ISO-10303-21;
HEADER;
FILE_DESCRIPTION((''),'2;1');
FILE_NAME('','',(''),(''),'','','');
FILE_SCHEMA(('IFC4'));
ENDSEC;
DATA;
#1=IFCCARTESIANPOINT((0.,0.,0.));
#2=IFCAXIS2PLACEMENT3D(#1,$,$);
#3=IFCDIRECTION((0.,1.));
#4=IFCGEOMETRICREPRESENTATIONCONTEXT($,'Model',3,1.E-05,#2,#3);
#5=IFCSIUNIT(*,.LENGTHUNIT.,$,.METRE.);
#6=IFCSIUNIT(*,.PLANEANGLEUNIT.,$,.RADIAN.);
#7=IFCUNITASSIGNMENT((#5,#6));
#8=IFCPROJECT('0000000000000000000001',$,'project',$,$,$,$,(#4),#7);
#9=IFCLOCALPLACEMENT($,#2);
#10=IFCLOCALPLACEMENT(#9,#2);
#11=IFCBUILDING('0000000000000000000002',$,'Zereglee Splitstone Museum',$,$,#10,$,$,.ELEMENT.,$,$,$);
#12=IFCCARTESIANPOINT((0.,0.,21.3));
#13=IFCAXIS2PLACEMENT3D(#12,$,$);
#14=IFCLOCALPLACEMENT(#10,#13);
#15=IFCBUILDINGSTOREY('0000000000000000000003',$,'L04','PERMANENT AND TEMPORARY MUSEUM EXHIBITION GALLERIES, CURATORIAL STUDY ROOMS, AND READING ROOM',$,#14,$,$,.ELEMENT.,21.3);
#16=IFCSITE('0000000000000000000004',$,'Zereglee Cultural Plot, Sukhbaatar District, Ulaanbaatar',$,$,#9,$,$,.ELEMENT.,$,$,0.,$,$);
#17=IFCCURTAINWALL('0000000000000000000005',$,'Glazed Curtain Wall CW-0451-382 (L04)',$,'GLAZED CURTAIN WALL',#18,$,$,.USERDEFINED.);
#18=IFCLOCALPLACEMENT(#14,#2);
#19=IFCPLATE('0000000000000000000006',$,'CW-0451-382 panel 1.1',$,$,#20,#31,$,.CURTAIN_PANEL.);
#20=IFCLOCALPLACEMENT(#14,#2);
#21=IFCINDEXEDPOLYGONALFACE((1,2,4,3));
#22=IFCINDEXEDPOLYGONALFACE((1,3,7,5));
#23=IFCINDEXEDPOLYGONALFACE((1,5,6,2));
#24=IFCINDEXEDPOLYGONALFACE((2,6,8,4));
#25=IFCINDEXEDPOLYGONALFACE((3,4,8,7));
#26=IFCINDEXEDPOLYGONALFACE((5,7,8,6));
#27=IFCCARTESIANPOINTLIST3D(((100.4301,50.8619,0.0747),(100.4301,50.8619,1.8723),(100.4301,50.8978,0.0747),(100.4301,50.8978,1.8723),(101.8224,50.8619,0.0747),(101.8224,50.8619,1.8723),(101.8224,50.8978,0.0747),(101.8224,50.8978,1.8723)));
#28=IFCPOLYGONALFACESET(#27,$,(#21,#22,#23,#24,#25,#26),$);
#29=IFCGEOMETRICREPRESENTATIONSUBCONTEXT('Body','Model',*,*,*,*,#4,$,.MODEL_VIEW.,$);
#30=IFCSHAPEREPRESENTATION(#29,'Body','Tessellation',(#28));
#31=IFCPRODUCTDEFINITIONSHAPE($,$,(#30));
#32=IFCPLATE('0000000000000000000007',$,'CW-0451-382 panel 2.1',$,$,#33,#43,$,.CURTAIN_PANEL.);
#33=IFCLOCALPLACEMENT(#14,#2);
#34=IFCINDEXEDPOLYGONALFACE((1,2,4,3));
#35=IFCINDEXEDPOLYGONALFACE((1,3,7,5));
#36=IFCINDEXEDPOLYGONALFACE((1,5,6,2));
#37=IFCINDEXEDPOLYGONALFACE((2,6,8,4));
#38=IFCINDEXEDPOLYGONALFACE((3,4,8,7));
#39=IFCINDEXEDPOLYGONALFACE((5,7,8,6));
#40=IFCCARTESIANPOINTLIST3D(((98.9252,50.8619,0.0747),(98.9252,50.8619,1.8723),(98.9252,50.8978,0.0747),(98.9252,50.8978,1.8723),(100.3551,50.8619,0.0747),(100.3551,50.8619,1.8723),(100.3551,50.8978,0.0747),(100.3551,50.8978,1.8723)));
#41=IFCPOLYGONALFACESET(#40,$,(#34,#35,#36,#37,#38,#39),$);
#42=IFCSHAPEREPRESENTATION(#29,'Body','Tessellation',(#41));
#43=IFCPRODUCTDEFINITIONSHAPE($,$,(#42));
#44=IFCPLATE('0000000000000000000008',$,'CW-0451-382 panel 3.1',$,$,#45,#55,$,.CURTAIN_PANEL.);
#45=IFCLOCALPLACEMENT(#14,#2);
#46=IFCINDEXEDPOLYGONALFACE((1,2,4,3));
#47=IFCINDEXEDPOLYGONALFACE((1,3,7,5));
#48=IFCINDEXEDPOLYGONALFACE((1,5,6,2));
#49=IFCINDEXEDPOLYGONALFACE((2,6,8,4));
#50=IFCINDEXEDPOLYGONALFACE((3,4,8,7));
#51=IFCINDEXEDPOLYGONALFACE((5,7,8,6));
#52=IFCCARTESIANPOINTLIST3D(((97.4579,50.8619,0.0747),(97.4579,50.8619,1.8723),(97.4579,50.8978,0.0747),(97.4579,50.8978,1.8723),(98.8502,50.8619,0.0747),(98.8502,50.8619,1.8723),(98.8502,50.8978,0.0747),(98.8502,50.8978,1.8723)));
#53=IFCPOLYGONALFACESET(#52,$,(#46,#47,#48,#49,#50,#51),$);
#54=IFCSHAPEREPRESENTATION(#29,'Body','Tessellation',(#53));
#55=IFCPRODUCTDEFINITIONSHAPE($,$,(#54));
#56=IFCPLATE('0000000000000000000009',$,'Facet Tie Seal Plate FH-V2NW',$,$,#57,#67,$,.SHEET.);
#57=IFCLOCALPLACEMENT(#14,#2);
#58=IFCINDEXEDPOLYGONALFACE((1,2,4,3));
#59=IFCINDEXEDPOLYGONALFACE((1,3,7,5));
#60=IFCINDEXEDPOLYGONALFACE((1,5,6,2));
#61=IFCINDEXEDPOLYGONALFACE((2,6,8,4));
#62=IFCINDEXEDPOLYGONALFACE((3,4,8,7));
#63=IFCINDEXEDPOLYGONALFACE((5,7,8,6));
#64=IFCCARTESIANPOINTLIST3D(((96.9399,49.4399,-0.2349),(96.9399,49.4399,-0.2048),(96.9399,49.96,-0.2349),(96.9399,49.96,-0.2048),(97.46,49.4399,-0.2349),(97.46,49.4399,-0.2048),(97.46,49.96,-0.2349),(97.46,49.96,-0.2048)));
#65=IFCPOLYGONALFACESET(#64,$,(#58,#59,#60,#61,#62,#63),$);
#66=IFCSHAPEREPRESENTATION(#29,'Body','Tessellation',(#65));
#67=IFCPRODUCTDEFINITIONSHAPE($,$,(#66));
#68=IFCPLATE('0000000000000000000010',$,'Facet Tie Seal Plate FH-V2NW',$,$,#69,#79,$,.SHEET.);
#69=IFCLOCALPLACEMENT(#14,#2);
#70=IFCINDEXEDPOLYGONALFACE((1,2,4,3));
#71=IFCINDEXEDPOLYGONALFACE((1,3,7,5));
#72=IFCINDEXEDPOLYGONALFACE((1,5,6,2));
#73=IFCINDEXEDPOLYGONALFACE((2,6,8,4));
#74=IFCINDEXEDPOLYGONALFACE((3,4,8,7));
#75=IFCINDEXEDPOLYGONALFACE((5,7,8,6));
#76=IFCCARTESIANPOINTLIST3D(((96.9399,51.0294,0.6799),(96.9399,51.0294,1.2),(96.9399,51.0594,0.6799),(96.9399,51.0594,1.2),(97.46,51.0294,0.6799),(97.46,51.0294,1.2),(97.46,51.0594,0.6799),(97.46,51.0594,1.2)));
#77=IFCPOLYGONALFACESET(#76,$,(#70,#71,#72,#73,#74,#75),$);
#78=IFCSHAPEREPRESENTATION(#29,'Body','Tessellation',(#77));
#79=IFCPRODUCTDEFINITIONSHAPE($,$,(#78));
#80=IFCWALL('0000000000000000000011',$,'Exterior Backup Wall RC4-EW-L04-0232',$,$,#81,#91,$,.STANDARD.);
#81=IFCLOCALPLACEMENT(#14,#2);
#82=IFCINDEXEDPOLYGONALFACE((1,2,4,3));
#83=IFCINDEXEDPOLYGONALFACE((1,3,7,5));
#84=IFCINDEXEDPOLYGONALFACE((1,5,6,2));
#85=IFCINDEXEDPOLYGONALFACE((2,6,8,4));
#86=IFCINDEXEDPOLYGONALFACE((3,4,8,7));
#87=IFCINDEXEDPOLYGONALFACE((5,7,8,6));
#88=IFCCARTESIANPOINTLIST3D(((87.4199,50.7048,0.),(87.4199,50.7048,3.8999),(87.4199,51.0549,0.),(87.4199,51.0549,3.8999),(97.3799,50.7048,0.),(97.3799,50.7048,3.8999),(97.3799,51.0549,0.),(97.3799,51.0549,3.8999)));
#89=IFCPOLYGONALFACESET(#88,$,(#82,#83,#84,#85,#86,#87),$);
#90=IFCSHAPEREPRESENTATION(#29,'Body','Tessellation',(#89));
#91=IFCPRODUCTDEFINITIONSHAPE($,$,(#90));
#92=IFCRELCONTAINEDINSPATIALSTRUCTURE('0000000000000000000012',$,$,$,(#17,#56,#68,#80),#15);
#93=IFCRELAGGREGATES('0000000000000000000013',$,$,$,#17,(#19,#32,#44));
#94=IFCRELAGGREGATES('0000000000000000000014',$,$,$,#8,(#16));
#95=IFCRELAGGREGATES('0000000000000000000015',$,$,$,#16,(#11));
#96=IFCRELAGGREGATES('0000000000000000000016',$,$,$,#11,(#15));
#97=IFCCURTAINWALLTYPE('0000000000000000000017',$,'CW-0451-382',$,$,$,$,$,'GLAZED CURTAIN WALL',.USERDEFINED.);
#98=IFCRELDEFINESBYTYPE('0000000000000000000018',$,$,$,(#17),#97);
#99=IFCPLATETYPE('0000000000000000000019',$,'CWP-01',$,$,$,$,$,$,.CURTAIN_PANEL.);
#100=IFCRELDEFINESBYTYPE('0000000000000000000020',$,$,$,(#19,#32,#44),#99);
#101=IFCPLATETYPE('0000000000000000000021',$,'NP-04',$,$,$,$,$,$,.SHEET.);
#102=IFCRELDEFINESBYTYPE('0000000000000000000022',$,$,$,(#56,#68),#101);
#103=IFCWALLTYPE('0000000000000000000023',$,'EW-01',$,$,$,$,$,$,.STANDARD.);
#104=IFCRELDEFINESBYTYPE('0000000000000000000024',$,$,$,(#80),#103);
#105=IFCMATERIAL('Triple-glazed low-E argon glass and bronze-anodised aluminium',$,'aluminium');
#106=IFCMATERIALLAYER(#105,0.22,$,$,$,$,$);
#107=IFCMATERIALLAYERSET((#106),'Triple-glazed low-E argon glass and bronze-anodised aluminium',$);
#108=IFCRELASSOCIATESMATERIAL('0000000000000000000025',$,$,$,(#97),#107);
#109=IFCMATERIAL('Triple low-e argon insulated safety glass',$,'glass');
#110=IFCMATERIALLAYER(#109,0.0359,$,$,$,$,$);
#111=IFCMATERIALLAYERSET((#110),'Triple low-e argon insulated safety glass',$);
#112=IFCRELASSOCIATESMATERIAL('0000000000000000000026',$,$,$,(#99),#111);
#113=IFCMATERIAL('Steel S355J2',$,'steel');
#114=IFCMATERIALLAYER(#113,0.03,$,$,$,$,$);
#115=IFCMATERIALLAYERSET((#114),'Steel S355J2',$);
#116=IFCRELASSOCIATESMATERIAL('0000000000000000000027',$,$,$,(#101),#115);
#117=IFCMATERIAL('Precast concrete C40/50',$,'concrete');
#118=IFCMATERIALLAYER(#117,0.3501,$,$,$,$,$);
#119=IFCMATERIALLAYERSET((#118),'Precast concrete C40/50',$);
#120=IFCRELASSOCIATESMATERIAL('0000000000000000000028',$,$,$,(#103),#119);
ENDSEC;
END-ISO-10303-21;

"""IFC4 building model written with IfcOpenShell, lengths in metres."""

from ifc_helpers import new_model, si_unit, direction, frame, frame_2d, origin, origin_2d, place, context, subcontext, project, spatial, rectangle, extrude, material, layer, layer_set, type_object, element, aggregate, save


model = new_model("IFC4")

# Units and contexts
model_context = context("Model", 3, precision=1e-05, world=origin(), true_north=direction((0.0, 1.0)))
body_context = subcontext(model_context, "Body", "Model", "MODEL_VIEW")
ifc_project = project(units=[si_unit("LENGTHUNIT", "METRE"), si_unit("PLANEANGLEUNIT", "RADIAN")], contexts=[model_context])

# Site, building, storey
site_placement = place(None, origin())
site = spatial("IfcSite", under=ifc_project, at=site_placement, Name="Zereglee Cultural Plot, Sukhbaatar District, Ulaanbaatar", CompositionType="ELEMENT", RefElevation=0.0)
building_placement = place(site_placement, origin())
building = spatial("IfcBuilding", under=site, at=building_placement, Name="Zereglee Splitstone Museum", CompositionType="ELEMENT")
storey_placement = place(building_placement, frame((0.0, 0.0, 21.3)))
storey = spatial("IfcBuildingStorey", under=building, at=storey_placement, Name="L04", Description="PERMANENT AND TEMPORARY MUSEUM EXHIBITION GALLERIES, CURATORIAL STUDY ROOMS, AND READING ROOM", CompositionType="ELEMENT", Elevation=21.3)

# Curtain wall
ifc_material_1 = material(Name="Triple-glazed low-E argon glass and bronze-anodised aluminium", Category="aluminium")
ifc_layer_1 = layer(ifc_material_1, 0.22)
ifc_layer_set_1 = layer_set([ifc_layer_1], Name="Triple-glazed low-E argon glass and bronze-anodised aluminium")
curtain_wall_type_1 = type_object("IfcCurtainWallType", Name="CW-0451-382", ElementType="GLAZED CURTAIN WALL", PredefinedType="USERDEFINED", material=ifc_layer_set_1)
curtain_wall_1_placement = place(storey_placement, origin())
curtain_wall_1 = element("IfcCurtainWall", 1, at=curtain_wall_1_placement, inside=storey, type_object=curtain_wall_type_1, Name="Glazed Curtain Wall CW-0451-382 (L04)", ObjectType="GLAZED CURTAIN WALL", PredefinedType="USERDEFINED")

# Shared definitions
ifc_material_2 = material(Name="Steel S355J2", Category="steel")

# Plates
ifc_material_3 = material(Name="Triple low-e argon insulated safety glass", Category="glass")
ifc_layer_2 = layer(ifc_material_3, 0.0359)
ifc_layer_set_2 = layer_set([ifc_layer_2], Name="Triple low-e argon insulated safety glass")
plate_type_1 = type_object("IfcPlateType", Name="CWP-01", PredefinedType="CURTAIN_PANEL", material=ifc_layer_set_2)
plate_1_placement = place(storey_placement, frame((101.1262, 50.8799, 0.0747), z_axis=(0.0, 0.0, 1.0), x_axis=(-1.0, 0.0, 0.0)))
plate_1 = element("IfcPlate", 2, at=plate_1_placement, type_object=plate_type_1, Name="CW-0451-382 panel 1.1", PredefinedType="CURTAIN_PANEL", context=body_context, shape_type="SweptSolid", body=[
    extrude(rectangle(XDim=1.3923, YDim=0.0359, at=origin_2d()), origin(), (0.0, 0.0, 1.0), 1.7976),
])
plate_2_placement = place(storey_placement, frame((99.6401, 50.8799, 0.0747), z_axis=(0.0, 0.0, 1.0), x_axis=(-1.0, 0.0, 0.0)))
plate_2 = element("IfcPlate", 3, at=plate_2_placement, type_object=plate_type_1, Name="CW-0451-382 panel 2.1", PredefinedType="CURTAIN_PANEL", context=body_context, shape_type="SweptSolid", body=[
    extrude(rectangle(XDim=1.4299, YDim=0.0359, at=origin_2d()), origin(), (0.0, 0.0, 1.0), 1.7976),
])
plate_3_placement = place(storey_placement, frame((98.1541, 50.8799, 0.0747), z_axis=(0.0, 0.0, 1.0), x_axis=(-1.0, 0.0, 0.0)))
plate_3 = element("IfcPlate", 4, at=plate_3_placement, type_object=plate_type_1, Name="CW-0451-382 panel 3.1", PredefinedType="CURTAIN_PANEL", context=body_context, shape_type="SweptSolid", body=[
    extrude(rectangle(XDim=1.3923, YDim=0.0359, at=origin_2d()), origin(), (0.0, 0.0, 1.0), 1.7976),
])
aggregate(curtain_wall_1, [plate_1, plate_2, plate_3])

# Plates
ifc_layer_3 = layer(ifc_material_2, 0.03)
ifc_layer_set_3 = layer_set([ifc_layer_3], Name="Steel S355J2")
plate_type_2 = type_object("IfcPlateType", Name="NP-04", PredefinedType="SHEET", material=ifc_layer_set_3)
plate_4_placement = place(storey_placement, frame((97.2, 49.7, -0.2349), z_axis=(0.0, 0.0, 1.0), x_axis=(1.0, 0.0, 0.0)))
element("IfcPlate", 5, at=plate_4_placement, inside=storey, type_object=plate_type_2, Name="Facet Tie Seal Plate FH-V2NW", PredefinedType="SHEET", context=body_context, shape_type="SweptSolid", body=[
    extrude(rectangle(XDim=0.52, YDim=0.52, at=origin_2d()), origin(), (0.0, 0.0, 1.0), 0.03),
])
plate_5_placement = place(storey_placement, frame((97.2, 51.0444, 0.6799), z_axis=(0.0, 0.0, 1.0), x_axis=(1.0, 0.0, 0.0)))
element("IfcPlate", 6, at=plate_5_placement, inside=storey, type_object=plate_type_2, Name="Facet Tie Seal Plate FH-V2NW", PredefinedType="SHEET", context=body_context, shape_type="SweptSolid", body=[
    extrude(rectangle(XDim=0.52, YDim=0.03, at=origin_2d()), origin(), (0.0, 0.0, 1.0), 0.52),
])

# Wall
ifc_material_4 = material(Name="Precast concrete C40/50", Category="concrete")
ifc_layer_4 = layer(ifc_material_4, 0.3501)
ifc_layer_set_4 = layer_set([ifc_layer_4], Name="Precast concrete C40/50")
wall_type = type_object("IfcWallType", Name="EW-01", PredefinedType="STANDARD", material=ifc_layer_set_4)
wall_placement = place(storey_placement, frame((97.3799, 50.8799, 0.0), z_axis=(0.0, 0.0, 1.0), x_axis=(-1.0, 0.0, 0.0)))
element("IfcWall", 7, at=wall_placement, inside=storey, type_object=wall_type, Name="Exterior Backup Wall RC4-EW-L04-0232", PredefinedType="STANDARD", context=body_context, shape_type="SweptSolid", body=[
    extrude(rectangle(XDim=9.96, YDim=0.3501, at=frame_2d((4.98, 0.0))), origin(), (0.0, 0.0, 1.0), 3.8999),
])

save(model, "model.ifc")
